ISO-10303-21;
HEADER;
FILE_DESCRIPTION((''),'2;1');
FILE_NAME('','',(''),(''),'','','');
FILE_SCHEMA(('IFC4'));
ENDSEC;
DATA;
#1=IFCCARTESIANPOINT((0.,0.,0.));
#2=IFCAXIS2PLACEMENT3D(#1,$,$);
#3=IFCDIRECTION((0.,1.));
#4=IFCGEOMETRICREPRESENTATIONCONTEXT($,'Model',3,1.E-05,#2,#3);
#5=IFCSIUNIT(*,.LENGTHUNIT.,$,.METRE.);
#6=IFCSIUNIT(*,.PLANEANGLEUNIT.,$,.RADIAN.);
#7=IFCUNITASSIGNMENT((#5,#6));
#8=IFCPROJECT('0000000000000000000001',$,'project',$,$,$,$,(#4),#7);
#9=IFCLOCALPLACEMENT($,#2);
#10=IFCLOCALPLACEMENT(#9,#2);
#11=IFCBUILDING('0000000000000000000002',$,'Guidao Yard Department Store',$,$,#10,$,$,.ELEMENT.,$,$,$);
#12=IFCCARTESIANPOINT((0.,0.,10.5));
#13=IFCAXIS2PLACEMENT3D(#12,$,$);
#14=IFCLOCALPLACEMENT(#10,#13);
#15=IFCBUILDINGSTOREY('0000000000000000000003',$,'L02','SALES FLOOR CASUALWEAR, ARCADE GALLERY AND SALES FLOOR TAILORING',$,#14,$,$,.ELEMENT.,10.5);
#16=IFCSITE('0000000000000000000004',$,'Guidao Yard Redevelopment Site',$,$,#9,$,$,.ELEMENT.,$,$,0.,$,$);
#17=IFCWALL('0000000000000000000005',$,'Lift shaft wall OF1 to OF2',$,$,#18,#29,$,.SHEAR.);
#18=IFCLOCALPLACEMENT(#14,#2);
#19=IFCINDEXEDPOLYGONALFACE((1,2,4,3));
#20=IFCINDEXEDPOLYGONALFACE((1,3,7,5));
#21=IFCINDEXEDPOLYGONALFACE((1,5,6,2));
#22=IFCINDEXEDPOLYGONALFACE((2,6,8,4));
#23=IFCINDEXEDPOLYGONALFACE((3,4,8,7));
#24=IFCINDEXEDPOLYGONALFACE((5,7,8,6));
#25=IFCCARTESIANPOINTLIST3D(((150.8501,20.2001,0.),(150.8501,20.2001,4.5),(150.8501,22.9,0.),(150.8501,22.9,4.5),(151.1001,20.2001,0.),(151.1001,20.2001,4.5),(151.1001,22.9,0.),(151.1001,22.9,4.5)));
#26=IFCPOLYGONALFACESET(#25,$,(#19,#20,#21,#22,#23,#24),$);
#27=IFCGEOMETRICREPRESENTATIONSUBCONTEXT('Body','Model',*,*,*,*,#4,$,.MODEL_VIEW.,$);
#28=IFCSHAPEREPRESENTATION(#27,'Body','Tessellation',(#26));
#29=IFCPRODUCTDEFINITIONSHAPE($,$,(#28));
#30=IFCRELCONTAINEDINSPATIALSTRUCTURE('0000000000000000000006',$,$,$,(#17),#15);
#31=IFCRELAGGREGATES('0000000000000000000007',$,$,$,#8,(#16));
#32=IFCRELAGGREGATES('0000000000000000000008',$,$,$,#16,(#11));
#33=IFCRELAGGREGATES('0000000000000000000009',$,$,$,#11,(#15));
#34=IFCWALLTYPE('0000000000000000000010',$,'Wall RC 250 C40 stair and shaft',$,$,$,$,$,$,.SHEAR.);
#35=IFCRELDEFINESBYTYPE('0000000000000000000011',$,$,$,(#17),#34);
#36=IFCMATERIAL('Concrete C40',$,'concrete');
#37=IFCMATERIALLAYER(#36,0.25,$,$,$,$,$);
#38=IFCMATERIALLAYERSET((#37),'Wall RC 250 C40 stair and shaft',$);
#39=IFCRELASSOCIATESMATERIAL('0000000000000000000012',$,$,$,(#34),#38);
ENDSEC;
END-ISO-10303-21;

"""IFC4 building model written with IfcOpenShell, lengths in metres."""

from ifc_helpers import new_model, si_unit, direction, frame, frame_2d, origin, place, context, subcontext, project, spatial, rectangle, extrude, material, layer, layer_set, type_object, element, save


model = new_model("IFC4")

# Units and contexts
model_context = context("Model", 3, precision=1e-05, world=origin(), true_north=direction((0.0, 1.0)))
body_context = subcontext(model_context, "Body", "Model", "MODEL_VIEW")
ifc_project = project(units=[si_unit("LENGTHUNIT", "METRE"), si_unit("PLANEANGLEUNIT", "RADIAN")], contexts=[model_context])

# Site, building, storey
site_placement = place(None, origin())
site = spatial("IfcSite", under=ifc_project, at=site_placement, Name="Guidao Yard Redevelopment Site", CompositionType="ELEMENT", RefElevation=0.0)
building_placement = place(site_placement, origin())
building = spatial("IfcBuilding", under=site, at=building_placement, Name="Guidao Yard Department Store", CompositionType="ELEMENT")
storey_placement = place(building_placement, frame((0.0, 0.0, 10.5)))
storey = spatial("IfcBuildingStorey", under=building, at=storey_placement, Name="L02", Description="SALES FLOOR CASUALWEAR, ARCADE GALLERY AND SALES FLOOR TAILORING", CompositionType="ELEMENT", Elevation=10.5)

# Shared definitions
ifc_material_1 = material(Name="Concrete C40", Category="concrete")
ifc_layer_1 = layer(ifc_material_1, 0.25)
ifc_layer_set_1 = layer_set([ifc_layer_1], Name="Wall RC 250 C40 stair and shaft")
wall_type_1 = type_object("IfcWallType", Name="Wall RC 250 C40 stair and shaft", PredefinedType="SHEAR", material=ifc_layer_set_1)

# Wall
for number, where, z_axis, x_axis, name in (
    (1, (150.9751, 20.2, 0.0), (0.0, 0.0, 1.0), (0.0, 1.0, 0.0), "Lift shaft wall OF1 to OF2"),
):
    element("IfcWall", number, at=place(storey_placement, frame(where, z_axis=z_axis, x_axis=x_axis)), inside=storey, type_object=wall_type_1, Name=name, PredefinedType="SHEAR", context=body_context, shape_type="SweptSolid", body=[
        extrude(rectangle(XDim=2.7, YDim=0.25, at=frame_2d((1.3501, 0.0))), origin(), (0.0, 0.0, 1.0), 4.5),
    ])

save(model, "model.ifc")
